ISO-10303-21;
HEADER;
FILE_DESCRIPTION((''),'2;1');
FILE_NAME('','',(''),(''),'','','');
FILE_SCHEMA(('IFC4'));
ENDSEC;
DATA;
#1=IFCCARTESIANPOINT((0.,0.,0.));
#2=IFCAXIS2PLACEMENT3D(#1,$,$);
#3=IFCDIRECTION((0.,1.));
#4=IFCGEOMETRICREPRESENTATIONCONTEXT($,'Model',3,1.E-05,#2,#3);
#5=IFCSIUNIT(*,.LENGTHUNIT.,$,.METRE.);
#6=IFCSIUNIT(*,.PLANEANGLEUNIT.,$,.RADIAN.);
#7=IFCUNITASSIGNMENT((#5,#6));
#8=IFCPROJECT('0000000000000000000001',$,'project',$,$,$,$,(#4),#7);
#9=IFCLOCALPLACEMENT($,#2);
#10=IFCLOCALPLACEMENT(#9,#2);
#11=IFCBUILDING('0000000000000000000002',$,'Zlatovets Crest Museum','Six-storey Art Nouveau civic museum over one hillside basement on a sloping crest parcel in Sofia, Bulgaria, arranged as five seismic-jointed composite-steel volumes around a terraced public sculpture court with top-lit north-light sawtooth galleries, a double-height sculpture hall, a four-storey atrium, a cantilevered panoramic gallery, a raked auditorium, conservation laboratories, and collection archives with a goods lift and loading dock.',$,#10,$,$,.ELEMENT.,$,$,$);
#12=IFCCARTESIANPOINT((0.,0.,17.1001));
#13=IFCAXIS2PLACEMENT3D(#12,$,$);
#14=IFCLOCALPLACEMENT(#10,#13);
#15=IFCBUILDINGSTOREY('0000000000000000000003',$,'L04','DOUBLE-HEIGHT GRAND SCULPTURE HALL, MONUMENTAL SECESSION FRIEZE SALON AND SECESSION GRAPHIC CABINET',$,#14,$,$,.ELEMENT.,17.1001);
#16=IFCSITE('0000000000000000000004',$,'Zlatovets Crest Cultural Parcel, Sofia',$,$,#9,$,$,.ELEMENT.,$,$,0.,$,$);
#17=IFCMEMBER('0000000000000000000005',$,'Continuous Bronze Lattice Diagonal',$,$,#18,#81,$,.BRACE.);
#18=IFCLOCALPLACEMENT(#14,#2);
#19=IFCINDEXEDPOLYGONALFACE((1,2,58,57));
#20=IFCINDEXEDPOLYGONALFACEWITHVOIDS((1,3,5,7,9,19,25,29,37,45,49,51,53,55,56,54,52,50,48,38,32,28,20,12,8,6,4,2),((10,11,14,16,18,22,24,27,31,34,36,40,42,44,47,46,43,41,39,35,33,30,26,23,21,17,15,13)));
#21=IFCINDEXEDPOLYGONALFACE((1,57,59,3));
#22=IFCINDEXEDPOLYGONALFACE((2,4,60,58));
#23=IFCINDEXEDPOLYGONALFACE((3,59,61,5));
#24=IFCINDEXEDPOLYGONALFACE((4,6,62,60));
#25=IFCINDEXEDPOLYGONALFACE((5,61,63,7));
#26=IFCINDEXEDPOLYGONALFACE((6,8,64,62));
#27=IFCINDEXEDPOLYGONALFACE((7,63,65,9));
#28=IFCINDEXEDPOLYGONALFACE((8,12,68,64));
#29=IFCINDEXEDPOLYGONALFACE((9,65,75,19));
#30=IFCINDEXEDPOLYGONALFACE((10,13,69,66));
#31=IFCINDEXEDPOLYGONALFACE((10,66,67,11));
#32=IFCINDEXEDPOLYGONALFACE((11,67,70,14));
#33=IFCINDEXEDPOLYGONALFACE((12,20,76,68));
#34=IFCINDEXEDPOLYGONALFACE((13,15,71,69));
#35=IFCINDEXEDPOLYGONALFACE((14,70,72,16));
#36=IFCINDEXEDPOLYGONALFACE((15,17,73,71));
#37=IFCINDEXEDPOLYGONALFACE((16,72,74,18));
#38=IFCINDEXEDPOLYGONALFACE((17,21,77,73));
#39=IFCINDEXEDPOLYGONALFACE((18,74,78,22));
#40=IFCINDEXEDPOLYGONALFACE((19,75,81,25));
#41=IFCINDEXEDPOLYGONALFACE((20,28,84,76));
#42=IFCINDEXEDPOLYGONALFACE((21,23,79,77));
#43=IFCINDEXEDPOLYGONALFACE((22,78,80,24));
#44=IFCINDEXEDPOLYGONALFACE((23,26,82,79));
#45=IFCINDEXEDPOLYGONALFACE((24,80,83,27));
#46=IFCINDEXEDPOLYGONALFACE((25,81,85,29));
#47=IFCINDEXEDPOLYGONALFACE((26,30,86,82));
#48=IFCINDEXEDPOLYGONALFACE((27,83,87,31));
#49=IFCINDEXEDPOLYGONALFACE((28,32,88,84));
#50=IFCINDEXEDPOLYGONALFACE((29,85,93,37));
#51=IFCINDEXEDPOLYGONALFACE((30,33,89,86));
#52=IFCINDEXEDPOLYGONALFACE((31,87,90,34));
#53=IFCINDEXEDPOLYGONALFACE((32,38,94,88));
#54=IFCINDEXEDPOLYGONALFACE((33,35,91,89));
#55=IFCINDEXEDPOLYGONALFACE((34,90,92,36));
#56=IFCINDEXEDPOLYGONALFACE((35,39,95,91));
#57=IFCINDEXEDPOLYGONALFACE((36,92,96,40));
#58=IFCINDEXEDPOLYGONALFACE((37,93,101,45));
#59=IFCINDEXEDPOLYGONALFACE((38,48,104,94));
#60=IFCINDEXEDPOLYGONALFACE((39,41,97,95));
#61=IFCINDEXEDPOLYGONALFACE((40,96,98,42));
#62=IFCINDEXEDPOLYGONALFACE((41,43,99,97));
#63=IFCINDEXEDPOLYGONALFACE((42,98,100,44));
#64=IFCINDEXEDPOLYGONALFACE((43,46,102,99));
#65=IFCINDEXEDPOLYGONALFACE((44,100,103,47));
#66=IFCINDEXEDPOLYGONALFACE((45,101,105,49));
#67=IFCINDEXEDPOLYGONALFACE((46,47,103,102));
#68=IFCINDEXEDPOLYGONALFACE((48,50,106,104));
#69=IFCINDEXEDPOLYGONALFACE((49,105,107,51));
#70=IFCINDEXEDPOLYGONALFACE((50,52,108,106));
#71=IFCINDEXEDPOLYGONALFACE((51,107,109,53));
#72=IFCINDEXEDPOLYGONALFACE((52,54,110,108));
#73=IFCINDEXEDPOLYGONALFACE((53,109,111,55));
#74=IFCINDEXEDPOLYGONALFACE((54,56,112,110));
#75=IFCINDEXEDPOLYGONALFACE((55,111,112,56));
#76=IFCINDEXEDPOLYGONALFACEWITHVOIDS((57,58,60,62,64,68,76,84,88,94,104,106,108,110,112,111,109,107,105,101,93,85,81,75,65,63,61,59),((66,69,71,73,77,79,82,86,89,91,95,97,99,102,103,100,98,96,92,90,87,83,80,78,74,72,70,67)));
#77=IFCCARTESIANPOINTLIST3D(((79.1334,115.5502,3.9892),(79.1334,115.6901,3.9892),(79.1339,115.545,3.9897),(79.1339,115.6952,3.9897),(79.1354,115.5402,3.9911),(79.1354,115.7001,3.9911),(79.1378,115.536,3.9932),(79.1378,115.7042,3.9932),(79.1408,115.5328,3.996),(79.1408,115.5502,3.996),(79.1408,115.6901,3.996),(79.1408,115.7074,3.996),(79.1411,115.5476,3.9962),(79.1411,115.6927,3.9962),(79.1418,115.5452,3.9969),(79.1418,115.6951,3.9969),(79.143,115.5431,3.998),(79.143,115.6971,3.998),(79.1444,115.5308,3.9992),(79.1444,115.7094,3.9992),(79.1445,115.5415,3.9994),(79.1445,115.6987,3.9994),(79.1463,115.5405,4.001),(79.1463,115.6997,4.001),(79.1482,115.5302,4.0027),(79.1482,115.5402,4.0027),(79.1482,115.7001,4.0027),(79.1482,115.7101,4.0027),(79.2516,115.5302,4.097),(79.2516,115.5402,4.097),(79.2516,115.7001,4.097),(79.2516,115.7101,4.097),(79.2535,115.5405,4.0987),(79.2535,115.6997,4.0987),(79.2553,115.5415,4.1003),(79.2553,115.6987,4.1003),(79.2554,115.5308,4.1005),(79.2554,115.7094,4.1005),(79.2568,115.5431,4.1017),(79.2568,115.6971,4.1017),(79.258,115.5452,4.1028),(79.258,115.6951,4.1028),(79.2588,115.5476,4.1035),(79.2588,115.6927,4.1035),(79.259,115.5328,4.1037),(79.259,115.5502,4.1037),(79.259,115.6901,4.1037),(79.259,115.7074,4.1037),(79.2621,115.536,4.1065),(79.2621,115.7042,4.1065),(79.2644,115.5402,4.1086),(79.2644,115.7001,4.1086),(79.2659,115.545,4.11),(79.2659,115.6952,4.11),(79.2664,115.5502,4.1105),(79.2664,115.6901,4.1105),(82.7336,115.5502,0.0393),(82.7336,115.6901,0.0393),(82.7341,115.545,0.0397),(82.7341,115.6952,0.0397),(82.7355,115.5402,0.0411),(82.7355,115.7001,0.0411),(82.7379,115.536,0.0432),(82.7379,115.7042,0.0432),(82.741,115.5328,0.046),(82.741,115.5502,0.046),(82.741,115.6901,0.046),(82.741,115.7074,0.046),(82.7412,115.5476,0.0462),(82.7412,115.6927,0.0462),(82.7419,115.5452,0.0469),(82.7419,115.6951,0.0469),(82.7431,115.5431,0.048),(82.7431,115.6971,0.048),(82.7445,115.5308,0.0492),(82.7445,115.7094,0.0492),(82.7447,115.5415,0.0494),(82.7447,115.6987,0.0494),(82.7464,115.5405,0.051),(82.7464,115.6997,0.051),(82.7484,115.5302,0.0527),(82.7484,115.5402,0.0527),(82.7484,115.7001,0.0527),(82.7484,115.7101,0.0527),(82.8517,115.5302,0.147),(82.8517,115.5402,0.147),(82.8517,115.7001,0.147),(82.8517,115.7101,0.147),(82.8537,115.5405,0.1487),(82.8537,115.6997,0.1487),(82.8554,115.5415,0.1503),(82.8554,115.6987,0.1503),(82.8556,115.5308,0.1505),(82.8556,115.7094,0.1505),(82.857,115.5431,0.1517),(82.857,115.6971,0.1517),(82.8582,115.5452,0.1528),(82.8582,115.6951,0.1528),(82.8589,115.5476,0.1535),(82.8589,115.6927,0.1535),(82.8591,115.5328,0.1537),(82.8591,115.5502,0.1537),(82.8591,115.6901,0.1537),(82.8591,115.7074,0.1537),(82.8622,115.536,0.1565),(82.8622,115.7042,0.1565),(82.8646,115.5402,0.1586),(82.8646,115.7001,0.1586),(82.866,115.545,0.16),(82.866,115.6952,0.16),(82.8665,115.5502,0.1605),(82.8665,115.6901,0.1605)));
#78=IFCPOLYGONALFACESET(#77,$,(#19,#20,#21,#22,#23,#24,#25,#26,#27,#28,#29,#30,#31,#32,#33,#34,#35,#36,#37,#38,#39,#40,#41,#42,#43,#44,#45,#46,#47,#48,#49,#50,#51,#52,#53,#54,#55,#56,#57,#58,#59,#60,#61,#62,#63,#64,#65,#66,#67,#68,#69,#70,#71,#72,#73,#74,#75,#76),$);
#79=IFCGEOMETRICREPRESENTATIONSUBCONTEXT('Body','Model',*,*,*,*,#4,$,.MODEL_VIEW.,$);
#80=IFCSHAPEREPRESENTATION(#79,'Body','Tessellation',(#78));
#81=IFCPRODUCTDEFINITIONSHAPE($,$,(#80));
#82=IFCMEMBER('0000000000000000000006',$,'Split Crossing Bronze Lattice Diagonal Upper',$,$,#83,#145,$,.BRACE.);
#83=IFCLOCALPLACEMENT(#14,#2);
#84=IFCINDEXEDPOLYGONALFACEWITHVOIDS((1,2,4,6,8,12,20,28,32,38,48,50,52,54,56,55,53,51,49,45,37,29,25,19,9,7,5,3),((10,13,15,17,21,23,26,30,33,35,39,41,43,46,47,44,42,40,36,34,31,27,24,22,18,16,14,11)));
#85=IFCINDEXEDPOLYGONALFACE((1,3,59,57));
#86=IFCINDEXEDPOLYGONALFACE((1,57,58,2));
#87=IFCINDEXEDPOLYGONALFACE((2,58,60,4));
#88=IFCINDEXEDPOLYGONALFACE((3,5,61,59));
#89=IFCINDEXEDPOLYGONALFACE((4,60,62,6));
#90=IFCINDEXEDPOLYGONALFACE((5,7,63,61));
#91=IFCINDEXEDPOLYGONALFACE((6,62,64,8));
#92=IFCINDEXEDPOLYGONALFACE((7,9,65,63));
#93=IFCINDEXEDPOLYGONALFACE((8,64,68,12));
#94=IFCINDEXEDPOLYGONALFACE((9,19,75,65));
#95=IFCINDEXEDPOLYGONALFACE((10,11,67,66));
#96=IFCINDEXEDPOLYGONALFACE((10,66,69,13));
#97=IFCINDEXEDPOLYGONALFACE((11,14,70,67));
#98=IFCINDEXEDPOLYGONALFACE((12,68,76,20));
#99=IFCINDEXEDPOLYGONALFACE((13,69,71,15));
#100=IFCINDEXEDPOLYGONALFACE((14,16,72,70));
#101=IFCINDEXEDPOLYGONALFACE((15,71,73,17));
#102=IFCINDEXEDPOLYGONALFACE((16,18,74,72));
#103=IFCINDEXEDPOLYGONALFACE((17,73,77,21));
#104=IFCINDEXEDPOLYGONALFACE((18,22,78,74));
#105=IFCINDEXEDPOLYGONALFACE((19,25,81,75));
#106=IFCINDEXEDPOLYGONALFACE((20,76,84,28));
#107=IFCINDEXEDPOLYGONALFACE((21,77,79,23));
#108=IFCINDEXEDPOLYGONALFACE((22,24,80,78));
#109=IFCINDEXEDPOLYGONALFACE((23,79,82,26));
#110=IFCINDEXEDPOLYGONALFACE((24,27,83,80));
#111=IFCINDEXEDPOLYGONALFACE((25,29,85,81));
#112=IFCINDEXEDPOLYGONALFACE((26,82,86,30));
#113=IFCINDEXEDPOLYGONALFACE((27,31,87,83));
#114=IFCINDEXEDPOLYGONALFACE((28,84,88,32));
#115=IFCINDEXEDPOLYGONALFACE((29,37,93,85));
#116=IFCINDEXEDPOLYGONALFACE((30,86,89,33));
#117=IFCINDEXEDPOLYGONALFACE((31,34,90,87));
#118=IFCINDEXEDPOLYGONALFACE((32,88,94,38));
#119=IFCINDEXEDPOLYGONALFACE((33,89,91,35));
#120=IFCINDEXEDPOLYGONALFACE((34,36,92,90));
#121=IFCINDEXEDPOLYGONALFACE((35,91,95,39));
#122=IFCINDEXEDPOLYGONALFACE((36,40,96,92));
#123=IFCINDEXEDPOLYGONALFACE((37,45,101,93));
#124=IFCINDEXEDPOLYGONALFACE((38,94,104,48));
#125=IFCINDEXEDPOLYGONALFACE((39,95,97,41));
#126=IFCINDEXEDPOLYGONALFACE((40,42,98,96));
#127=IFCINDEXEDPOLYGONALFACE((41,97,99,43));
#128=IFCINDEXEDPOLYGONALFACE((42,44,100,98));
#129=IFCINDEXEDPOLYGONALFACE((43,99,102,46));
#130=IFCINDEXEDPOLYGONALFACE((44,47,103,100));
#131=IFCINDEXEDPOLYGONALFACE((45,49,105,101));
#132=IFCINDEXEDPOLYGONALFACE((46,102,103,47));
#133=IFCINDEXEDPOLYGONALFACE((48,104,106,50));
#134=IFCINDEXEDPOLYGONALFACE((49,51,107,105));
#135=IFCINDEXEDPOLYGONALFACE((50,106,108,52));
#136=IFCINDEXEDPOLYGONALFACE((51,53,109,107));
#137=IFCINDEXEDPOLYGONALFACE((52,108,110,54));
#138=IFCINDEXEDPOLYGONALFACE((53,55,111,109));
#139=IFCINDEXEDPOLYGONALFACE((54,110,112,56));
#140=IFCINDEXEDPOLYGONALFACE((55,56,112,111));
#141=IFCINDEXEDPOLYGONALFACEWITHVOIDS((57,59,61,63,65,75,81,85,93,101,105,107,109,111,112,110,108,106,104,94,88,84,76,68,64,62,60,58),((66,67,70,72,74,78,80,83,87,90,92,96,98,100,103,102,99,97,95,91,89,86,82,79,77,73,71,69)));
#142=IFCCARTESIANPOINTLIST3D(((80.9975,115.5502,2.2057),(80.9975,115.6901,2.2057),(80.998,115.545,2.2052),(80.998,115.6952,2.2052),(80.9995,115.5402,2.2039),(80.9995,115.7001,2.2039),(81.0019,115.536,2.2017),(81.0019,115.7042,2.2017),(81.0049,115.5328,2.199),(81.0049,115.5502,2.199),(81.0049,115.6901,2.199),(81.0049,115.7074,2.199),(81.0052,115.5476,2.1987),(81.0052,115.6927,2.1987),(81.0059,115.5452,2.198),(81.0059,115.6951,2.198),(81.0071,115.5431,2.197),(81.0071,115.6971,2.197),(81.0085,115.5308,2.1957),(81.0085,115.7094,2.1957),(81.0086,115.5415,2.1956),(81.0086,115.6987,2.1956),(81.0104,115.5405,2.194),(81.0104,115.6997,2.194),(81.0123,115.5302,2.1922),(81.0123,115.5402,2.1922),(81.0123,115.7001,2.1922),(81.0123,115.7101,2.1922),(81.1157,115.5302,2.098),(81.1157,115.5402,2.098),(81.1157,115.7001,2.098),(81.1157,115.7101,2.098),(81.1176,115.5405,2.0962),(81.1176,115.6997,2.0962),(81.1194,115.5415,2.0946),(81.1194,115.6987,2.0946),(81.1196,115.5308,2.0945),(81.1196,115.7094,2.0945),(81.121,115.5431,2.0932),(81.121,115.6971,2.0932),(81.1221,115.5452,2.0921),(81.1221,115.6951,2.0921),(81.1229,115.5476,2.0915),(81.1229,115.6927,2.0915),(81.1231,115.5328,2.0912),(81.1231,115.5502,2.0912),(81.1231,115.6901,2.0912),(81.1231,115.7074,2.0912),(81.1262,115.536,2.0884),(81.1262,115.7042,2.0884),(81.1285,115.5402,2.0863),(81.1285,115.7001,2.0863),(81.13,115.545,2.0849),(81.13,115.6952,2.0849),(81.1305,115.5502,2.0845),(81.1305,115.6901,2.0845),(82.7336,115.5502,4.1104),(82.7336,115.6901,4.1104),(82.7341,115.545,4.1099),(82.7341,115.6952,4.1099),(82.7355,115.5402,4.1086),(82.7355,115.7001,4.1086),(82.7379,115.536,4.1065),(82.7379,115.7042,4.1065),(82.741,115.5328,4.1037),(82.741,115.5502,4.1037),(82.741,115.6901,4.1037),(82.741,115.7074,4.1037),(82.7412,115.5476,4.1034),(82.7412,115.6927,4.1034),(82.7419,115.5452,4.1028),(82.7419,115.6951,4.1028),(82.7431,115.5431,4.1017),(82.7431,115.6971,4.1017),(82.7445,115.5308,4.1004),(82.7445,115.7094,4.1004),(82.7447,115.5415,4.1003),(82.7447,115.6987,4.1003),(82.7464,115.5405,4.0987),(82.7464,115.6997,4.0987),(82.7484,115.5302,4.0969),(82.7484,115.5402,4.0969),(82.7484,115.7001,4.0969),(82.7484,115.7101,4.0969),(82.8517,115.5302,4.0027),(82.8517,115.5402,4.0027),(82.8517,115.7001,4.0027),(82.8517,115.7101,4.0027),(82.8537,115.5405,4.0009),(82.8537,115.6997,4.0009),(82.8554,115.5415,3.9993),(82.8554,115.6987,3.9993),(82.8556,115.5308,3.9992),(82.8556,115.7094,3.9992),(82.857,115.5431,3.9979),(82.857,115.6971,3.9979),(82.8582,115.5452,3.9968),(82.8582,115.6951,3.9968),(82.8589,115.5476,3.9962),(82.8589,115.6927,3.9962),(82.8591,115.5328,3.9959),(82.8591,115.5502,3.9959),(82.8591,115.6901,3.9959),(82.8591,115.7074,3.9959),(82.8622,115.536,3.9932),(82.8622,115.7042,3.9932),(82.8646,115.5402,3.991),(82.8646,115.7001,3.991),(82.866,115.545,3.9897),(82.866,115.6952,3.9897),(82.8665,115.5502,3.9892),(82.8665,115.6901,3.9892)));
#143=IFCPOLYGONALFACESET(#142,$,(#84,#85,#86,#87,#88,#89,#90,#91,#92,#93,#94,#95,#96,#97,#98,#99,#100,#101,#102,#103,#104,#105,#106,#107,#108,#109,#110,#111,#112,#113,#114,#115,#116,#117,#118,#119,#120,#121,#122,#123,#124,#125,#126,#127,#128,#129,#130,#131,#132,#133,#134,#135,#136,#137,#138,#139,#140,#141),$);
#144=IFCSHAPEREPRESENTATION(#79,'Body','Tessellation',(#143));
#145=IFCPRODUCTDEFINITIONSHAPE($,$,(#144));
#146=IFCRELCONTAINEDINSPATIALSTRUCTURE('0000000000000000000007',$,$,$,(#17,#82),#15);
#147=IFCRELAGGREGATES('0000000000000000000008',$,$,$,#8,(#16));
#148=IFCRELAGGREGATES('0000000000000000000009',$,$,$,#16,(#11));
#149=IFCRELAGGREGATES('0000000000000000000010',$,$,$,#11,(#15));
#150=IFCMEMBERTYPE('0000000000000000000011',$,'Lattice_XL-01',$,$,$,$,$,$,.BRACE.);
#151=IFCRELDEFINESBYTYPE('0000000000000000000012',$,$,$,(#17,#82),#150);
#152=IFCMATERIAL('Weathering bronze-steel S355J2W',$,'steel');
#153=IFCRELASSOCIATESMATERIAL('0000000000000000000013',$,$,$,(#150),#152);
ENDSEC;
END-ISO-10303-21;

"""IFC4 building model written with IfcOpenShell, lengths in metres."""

from ifc_helpers import new_model, si_unit, direction, frame, origin, origin_2d, place, context, subcontext, project, spatial, hollow_rectangle, extrude, material, material_profile, profile_set, type_object, element, save


model = new_model("IFC4")

# Units and contexts
model_context = context("Model", 3, precision=1e-05, world=origin(), true_north=direction((0.0, 1.0)))
body_context = subcontext(model_context, "Body", "Model", "MODEL_VIEW")
ifc_project = project(units=[si_unit("LENGTHUNIT", "METRE"), si_unit("PLANEANGLEUNIT", "RADIAN")], contexts=[model_context])

# Site, building, storey
site_placement = place(None, origin())
site = spatial("IfcSite", under=ifc_project, at=site_placement, Name="Zlatovets Crest Cultural Parcel, Sofia", CompositionType="ELEMENT", RefElevation=0.0)
building_placement = place(site_placement, origin())
building = spatial("IfcBuilding", under=site, at=building_placement, Name="Zlatovets Crest Museum", Description="Six-storey Art Nouveau civic museum over one hillside basement on a sloping crest parcel in Sofia, Bulgaria, arranged as five seismic-jointed composite-steel volumes around a terraced public sculpture court with top-lit north-light sawtooth galleries, a double-height sculpture hall, a four-storey atrium, a cantilevered panoramic gallery, a raked auditorium, conservation laboratories, and collection archives with a goods lift and loading dock.", CompositionType="ELEMENT")
storey_placement = place(building_placement, frame((0.0, 0.0, 17.1001)))
storey = spatial("IfcBuildingStorey", under=building, at=storey_placement, Name="L04", Description="DOUBLE-HEIGHT GRAND SCULPTURE HALL, MONUMENTAL SECESSION FRIEZE SALON AND SECESSION GRAPHIC CABINET", CompositionType="ELEMENT", Elevation=17.1001)

# Members
ifc_material_1 = material(Name="Weathering bronze-steel S355J2W", Category="steel")
ifc_material_profile_1 = material_profile(ifc_material_1, hollow_rectangle(XDim=0.1799, YDim=0.1799, WallThickness=0.01, InnerFilletRadius=0.01, OuterFilletRadius=0.02, at=origin_2d()), Name="SHS 180x180x10.0")
ifc_profile_set_1 = profile_set([ifc_material_profile_1], Name="Weathering bronze-steel S355J2W")
member_type_1 = type_object("IfcMemberType", Name="Lattice_XL-01", PredefinedType="BRACE", material=ifc_profile_set_1)
member_1_placement = place(storey_placement, frame((82.8, 115.6201, 0.0999), z_axis=(-0.673618, 0.0, 0.73908), x_axis=(0.0, -1.0, 0.0)))
element("IfcMember", 1, at=member_1_placement, inside=storey, type_object=member_type_1, Name="Continuous Bronze Lattice Diagonal", PredefinedType="BRACE", context=body_context, shape_type="SweptSolid", body=[
    extrude(hollow_rectangle(XDim=0.1799, YDim=0.1799, WallThickness=0.01, InnerFilletRadius=0.01, OuterFilletRadius=0.02, at=origin_2d()), origin(), (0.0, 0.0, 1.0), 5.3445),
])
for number, where, z_axis, x_axis, name in (
    (2, (82.8, 115.6201, 4.0498), (-0.67362, 0.0, -0.739078), (0.0, -1.0, 0.0), "Split Crossing Bronze Lattice Diagonal Upper"),
):
    element("IfcMember", number, at=place(storey_placement, frame(where, z_axis=z_axis, x_axis=x_axis)), inside=storey, type_object=member_type_1, Name=name, PredefinedType="BRACE", context=body_context, shape_type="SweptSolid", body=[
        extrude(hollow_rectangle(XDim=0.1799, YDim=0.1799, WallThickness=0.01, InnerFilletRadius=0.01, OuterFilletRadius=0.02, at=origin_2d()), origin(), (0.0, 0.0, 1.0), 2.5771),
    ])

save(model, "model.ifc")
